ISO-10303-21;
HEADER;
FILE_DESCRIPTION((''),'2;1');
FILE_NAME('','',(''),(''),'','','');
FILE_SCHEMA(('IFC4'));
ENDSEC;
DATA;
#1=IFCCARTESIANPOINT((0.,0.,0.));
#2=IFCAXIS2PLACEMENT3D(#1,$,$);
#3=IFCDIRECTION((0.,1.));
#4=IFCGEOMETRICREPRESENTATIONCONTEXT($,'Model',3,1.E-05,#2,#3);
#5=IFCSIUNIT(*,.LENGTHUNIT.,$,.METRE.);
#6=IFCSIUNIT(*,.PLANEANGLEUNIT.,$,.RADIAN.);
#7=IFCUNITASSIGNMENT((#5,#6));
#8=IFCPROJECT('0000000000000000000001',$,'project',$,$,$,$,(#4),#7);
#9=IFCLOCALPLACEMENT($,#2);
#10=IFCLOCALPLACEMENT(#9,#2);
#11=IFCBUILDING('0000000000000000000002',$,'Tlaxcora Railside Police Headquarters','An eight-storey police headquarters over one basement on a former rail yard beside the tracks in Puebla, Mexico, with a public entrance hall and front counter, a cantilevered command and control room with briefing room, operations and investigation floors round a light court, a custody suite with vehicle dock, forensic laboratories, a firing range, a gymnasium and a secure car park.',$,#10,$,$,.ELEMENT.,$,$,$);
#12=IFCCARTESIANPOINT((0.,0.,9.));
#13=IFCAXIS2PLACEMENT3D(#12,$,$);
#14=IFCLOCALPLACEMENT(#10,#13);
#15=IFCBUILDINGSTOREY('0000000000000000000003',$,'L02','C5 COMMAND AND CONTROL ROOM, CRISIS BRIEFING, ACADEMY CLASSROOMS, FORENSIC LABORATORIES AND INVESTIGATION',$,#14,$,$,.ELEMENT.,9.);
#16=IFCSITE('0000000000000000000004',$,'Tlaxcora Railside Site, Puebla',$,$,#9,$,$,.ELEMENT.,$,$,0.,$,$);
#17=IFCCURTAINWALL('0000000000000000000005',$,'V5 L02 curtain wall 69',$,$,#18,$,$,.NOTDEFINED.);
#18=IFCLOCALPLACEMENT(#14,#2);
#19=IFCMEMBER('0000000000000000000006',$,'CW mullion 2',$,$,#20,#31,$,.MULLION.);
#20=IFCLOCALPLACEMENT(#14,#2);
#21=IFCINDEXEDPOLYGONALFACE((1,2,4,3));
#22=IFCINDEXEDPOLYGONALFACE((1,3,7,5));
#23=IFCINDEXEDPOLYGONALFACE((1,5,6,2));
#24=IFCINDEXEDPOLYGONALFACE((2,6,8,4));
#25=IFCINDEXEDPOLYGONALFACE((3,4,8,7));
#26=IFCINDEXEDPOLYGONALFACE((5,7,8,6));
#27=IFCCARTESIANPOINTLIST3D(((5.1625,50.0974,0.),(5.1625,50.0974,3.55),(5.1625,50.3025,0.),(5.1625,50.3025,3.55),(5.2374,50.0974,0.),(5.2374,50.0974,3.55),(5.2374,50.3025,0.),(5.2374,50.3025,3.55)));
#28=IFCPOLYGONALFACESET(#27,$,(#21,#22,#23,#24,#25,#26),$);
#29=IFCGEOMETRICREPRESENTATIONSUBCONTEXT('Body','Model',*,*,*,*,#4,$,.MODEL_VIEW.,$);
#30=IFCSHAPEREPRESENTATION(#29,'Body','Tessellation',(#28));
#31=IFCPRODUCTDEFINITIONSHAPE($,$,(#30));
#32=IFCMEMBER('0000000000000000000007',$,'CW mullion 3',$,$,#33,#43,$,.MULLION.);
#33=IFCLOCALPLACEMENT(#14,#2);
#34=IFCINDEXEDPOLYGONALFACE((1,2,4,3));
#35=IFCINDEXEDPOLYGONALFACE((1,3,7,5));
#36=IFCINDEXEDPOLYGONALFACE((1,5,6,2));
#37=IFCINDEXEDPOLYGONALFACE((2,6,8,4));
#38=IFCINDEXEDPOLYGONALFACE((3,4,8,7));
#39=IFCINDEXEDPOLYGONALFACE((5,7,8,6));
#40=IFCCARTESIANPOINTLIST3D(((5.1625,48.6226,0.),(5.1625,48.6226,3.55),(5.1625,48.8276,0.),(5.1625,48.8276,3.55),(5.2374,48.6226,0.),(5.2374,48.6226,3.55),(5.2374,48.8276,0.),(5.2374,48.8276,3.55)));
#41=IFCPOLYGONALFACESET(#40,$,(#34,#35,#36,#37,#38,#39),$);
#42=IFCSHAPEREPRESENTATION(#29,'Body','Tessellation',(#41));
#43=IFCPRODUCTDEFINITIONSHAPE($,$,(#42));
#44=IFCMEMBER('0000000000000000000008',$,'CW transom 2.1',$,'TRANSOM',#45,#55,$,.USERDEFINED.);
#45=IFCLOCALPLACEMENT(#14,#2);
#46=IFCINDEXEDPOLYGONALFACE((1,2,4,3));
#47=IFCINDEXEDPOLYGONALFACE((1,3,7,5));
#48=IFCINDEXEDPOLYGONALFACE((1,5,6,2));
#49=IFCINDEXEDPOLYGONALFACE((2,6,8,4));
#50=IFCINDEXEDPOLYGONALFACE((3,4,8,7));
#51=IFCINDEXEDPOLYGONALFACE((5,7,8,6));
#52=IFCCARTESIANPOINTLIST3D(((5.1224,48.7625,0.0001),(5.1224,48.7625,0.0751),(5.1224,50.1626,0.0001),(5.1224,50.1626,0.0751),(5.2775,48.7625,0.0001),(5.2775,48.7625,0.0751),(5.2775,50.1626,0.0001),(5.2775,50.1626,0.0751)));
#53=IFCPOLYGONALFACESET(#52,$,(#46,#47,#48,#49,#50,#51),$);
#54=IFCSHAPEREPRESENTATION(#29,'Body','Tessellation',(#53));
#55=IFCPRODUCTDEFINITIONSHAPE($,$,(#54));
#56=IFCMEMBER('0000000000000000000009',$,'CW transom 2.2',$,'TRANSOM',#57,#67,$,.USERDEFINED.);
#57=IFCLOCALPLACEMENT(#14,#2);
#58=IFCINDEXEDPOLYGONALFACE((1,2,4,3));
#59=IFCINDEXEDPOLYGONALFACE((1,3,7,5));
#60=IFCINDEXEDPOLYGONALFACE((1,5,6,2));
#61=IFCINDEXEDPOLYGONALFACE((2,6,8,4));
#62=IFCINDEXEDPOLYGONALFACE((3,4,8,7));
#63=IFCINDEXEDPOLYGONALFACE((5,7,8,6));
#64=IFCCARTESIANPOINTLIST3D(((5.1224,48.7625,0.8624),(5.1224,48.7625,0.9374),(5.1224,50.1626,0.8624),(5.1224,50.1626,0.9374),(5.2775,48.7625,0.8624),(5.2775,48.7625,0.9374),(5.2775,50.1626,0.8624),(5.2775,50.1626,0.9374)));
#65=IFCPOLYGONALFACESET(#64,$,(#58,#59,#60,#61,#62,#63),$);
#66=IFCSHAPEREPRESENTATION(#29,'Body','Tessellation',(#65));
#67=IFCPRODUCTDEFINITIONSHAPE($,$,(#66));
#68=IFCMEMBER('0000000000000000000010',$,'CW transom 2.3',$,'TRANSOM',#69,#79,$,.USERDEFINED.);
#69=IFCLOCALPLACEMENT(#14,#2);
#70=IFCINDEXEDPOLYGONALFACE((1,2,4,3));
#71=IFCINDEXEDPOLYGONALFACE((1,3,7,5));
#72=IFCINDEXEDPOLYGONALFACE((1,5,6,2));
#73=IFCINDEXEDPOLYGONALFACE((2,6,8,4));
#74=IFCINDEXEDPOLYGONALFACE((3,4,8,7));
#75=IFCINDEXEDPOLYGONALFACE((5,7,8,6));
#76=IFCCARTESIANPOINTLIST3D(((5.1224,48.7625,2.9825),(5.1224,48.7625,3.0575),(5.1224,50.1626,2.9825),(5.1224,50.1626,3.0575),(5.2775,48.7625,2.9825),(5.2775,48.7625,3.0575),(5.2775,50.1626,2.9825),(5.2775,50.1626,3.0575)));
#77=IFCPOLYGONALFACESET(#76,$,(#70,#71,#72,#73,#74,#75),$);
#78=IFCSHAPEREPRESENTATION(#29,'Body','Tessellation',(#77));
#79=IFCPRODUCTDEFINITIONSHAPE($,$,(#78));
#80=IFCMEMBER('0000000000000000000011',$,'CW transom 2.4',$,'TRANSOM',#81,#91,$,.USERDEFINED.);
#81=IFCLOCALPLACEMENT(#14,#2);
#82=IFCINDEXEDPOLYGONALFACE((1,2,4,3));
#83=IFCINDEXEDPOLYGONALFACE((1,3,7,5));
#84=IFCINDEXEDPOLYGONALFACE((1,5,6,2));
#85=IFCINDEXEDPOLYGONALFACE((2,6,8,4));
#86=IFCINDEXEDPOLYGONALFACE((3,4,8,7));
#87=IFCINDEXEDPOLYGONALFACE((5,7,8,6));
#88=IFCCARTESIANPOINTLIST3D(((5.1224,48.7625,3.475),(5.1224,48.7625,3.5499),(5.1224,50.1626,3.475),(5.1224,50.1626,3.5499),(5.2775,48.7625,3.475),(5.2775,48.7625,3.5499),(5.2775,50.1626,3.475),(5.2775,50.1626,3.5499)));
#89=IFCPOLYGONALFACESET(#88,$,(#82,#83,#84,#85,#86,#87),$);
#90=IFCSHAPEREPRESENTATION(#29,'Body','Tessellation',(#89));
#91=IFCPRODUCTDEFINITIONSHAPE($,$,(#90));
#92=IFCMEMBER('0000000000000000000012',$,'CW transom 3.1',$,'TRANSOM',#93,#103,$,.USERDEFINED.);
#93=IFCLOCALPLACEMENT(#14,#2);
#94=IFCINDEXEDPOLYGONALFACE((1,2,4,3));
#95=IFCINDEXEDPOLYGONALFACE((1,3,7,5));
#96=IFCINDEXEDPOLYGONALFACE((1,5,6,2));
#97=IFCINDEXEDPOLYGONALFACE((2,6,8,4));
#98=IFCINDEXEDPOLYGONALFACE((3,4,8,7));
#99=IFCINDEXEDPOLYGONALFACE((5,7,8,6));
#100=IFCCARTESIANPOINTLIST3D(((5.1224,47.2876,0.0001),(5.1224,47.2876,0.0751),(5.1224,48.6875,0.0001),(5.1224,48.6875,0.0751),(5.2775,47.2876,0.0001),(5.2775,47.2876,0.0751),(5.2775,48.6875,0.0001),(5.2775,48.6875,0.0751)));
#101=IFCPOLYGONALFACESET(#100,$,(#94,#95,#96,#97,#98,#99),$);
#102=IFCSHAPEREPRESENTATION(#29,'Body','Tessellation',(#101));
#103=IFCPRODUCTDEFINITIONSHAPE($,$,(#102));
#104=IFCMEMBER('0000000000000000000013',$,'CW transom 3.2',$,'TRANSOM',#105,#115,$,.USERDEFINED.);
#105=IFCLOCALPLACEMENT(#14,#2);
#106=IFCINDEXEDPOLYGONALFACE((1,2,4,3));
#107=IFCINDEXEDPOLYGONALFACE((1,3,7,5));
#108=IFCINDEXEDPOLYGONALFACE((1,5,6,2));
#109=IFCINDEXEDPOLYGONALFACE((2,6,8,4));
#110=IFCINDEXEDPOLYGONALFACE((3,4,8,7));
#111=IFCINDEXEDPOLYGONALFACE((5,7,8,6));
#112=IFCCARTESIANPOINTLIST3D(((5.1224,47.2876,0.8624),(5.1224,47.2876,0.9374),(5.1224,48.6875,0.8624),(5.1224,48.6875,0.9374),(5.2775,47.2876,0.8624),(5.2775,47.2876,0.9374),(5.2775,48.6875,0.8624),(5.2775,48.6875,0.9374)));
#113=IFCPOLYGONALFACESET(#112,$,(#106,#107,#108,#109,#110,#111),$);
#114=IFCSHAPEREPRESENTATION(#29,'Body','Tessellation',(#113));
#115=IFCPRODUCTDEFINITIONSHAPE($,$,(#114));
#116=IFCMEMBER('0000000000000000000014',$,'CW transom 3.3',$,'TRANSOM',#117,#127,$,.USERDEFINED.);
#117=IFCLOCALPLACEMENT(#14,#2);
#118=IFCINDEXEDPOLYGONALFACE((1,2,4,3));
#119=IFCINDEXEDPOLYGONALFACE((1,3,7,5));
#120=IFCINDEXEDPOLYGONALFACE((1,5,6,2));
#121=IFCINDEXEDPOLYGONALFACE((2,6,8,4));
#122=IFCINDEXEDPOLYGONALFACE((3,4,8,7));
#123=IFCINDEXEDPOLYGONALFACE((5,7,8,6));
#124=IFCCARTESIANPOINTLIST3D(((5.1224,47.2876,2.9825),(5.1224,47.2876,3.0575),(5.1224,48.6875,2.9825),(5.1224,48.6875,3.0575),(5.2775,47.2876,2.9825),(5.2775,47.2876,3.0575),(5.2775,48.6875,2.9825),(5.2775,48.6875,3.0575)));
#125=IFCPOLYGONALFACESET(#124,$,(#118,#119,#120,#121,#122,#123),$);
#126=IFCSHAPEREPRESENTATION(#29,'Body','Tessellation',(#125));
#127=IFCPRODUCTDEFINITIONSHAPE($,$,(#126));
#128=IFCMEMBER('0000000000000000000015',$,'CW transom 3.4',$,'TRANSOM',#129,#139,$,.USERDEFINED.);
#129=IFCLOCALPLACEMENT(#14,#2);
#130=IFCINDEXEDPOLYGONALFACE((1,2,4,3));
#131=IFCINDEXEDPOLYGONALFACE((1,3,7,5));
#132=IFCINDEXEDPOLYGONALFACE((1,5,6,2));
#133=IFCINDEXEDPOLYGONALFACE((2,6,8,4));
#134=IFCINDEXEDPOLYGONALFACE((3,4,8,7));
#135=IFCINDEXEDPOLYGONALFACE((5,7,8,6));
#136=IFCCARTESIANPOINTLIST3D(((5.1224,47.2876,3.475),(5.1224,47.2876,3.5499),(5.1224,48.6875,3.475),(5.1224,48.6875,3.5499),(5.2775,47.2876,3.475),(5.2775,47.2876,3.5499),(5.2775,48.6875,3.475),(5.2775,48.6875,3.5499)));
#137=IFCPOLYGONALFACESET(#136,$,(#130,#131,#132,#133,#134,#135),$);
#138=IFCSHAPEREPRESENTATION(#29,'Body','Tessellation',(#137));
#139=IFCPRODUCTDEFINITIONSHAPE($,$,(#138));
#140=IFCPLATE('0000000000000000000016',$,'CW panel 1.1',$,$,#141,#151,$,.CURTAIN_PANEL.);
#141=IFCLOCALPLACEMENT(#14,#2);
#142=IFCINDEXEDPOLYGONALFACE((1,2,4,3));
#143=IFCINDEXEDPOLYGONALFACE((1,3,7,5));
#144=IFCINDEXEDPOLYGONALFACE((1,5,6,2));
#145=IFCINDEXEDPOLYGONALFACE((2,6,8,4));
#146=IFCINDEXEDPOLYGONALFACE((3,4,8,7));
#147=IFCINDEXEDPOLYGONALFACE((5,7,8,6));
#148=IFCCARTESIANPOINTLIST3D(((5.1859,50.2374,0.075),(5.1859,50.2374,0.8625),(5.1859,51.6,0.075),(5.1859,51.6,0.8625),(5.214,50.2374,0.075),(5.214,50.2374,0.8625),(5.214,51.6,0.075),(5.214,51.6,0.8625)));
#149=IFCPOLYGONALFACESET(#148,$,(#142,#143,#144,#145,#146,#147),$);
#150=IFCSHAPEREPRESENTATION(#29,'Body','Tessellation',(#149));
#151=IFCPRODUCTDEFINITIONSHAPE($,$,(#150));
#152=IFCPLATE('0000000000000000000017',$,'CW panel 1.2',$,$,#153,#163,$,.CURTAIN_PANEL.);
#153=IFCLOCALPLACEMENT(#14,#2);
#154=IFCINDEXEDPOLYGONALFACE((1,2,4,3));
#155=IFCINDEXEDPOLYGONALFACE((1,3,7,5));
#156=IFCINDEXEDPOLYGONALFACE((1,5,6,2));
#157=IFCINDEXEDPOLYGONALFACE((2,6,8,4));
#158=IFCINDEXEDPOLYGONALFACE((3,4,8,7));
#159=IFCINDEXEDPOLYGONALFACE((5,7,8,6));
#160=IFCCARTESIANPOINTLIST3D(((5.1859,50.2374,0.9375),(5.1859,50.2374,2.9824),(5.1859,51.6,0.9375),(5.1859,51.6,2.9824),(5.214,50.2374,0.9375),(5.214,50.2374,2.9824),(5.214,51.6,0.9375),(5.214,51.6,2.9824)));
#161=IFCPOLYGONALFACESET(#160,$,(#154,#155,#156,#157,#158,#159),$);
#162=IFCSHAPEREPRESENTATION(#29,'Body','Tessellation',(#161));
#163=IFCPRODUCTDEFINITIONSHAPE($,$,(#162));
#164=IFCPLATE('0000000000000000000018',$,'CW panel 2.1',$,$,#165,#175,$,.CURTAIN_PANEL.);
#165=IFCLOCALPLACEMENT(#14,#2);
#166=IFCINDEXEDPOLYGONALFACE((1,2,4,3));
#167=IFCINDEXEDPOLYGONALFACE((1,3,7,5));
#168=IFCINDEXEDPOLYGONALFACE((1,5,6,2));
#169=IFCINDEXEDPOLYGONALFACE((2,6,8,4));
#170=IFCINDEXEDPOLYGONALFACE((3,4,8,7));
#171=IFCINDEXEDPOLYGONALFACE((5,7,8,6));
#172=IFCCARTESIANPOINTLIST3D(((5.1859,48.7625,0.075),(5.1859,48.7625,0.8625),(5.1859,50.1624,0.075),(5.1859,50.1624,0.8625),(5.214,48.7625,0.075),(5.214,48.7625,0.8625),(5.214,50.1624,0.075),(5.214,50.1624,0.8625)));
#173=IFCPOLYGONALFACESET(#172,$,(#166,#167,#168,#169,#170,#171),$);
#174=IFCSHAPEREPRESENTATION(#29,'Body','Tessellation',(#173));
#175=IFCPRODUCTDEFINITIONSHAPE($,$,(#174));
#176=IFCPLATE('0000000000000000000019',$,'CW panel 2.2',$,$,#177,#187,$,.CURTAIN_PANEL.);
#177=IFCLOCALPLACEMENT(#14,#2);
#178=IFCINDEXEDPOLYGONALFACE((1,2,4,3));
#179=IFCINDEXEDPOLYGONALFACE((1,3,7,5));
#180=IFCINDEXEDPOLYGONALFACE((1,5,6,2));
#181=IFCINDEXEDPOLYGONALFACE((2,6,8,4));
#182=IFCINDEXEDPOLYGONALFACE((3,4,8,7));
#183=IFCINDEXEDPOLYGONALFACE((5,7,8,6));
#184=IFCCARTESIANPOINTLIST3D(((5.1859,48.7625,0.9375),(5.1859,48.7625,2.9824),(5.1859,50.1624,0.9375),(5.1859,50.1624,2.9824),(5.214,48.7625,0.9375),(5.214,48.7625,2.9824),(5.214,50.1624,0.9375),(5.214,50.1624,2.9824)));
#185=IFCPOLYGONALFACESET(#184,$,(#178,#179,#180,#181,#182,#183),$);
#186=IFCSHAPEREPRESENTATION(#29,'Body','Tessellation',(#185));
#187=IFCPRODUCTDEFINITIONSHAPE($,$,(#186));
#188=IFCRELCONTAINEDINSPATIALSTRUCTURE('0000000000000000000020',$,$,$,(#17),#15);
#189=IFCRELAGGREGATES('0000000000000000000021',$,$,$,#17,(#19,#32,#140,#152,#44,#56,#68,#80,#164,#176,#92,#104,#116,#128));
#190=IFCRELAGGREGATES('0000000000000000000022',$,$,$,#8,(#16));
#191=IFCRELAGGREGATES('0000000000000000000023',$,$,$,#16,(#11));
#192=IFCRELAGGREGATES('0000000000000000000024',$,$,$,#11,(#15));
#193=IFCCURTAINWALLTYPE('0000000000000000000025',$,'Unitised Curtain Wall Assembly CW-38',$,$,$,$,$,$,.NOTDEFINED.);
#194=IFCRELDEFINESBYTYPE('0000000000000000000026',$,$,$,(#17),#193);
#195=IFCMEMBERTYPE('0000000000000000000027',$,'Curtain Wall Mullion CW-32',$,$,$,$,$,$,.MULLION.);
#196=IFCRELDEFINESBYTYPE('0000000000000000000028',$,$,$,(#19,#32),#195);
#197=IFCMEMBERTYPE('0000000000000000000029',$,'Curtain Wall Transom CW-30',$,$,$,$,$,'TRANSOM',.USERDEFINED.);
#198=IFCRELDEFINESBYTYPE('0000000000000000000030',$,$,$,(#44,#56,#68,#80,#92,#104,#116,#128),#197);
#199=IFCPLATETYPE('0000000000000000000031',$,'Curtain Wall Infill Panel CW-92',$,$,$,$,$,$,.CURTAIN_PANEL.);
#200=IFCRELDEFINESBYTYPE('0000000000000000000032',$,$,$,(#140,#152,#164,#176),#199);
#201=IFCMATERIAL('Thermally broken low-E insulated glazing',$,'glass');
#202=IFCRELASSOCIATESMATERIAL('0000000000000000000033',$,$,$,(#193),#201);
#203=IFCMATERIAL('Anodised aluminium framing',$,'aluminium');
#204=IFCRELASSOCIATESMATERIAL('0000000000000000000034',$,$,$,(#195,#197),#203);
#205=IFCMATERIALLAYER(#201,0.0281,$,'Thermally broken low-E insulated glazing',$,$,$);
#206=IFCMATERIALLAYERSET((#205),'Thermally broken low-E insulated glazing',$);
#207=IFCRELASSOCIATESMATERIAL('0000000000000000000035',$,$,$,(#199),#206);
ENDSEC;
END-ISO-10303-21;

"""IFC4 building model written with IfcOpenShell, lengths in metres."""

from ifc_helpers import new_model, si_unit, direction, frame, origin, origin_2d, place, context, subcontext, project, spatial, rectangle, extrude, material, layer, layer_set, material_profile, profile_set, type_object, element, aggregate, save


model = new_model("IFC4")

# Units and contexts
model_context = context("Model", 3, precision=1e-05, world=origin(), true_north=direction((0.0, 1.0)))
body_context = subcontext(model_context, "Body", "Model", "MODEL_VIEW")
ifc_project = project(units=[si_unit("LENGTHUNIT", "METRE"), si_unit("PLANEANGLEUNIT", "RADIAN")], contexts=[model_context])

# Site, building, storey
site_placement = place(None, origin())
site = spatial("IfcSite", under=ifc_project, at=site_placement, Name="Tlaxcora Railside Site, Puebla", CompositionType="ELEMENT", RefElevation=0.0)
building_placement = place(site_placement, origin())
building = spatial("IfcBuilding", under=site, at=building_placement, Name="Tlaxcora Railside Police Headquarters", Description="An eight-storey police headquarters over one basement on a former rail yard beside the tracks in Puebla, Mexico, with a public entrance hall and front counter, a cantilevered command and control room with briefing room, operations and investigation floors round a light court, a custody suite with vehicle dock, forensic laboratories, a firing range, a gymnasium and a secure car park.", CompositionType="ELEMENT")
storey_placement = place(building_placement, frame((0.0, 0.0, 9.0)))
storey = spatial("IfcBuildingStorey", under=building, at=storey_placement, Name="L02", Description="C5 COMMAND AND CONTROL ROOM, CRISIS BRIEFING, ACADEMY CLASSROOMS, FORENSIC LABORATORIES AND INVESTIGATION", CompositionType="ELEMENT", Elevation=9.0)

# Curtain wall, members, plates
ifc_material_1 = material(Name="Thermally broken low-E insulated glazing", Category="glass")
curtain_wall_type = type_object("IfcCurtainWallType", Name="Unitised Curtain Wall Assembly CW-38", PredefinedType="NOTDEFINED", material=ifc_material_1)
curtain_wall_placement = place(storey_placement, origin())
curtain_wall = element("IfcCurtainWall", 1, at=curtain_wall_placement, inside=storey, type_object=curtain_wall_type, Name="V5 L02 curtain wall 69", PredefinedType="NOTDEFINED")
ifc_material_2 = material(Name="Anodised aluminium framing", Category="aluminium")
ifc_material_profile_1 = material_profile(ifc_material_2, rectangle(XDim=0.075, YDim=0.2051, at=origin_2d()), Name="AL75X205")
ifc_profile_set_1 = profile_set([ifc_material_profile_1], Name="Anodised aluminium framing")
member_type_1 = type_object("IfcMemberType", Name="Curtain Wall Mullion CW-32", PredefinedType="MULLION", material=ifc_profile_set_1)
member_1_placement = place(storey_placement, frame((5.2, 50.2, 0.0), z_axis=(0.0, 0.0, 1.0), x_axis=(1.0, 0.0, 0.0)))
member_1 = element("IfcMember", 2, at=member_1_placement, type_object=member_type_1, Name="CW mullion 2", PredefinedType="MULLION", context=body_context, shape_type="SweptSolid", body=[
    extrude(rectangle(XDim=0.075, YDim=0.2051, at=origin_2d()), origin(), (0.0, 0.0, 1.0), 3.55),
])
member_2_placement = place(storey_placement, frame((5.2, 48.7251, 0.0), z_axis=(0.0, 0.0, 1.0), x_axis=(1.0, 0.0, 0.0)))
member_2 = element("IfcMember", 3, at=member_2_placement, type_object=member_type_1, Name="CW mullion 3", PredefinedType="MULLION", context=body_context, shape_type="SweptSolid", body=[
    extrude(rectangle(XDim=0.075, YDim=0.2051, at=origin_2d()), origin(), (0.0, 0.0, 1.0), 3.55),
])
ifc_material_profile_2 = material_profile(ifc_material_2, rectangle(XDim=0.155, YDim=0.075, at=origin_2d()), Name="AL75X155")
ifc_profile_set_2 = profile_set([ifc_material_profile_2], Name="Anodised aluminium framing")
member_type_2 = type_object("IfcMemberType", Name="Curtain Wall Transom CW-30", ElementType="TRANSOM", PredefinedType="USERDEFINED", material=ifc_profile_set_2)
member_3_placement = place(storey_placement, frame((5.2, 50.1626, 0.0376), z_axis=(0.0, -1.0, 0.0), x_axis=(1.0, 0.0, 0.0)))
member_3 = element("IfcMember", 4, at=member_3_placement, type_object=member_type_2, Name="CW transom 2.1", ObjectType="TRANSOM", PredefinedType="USERDEFINED", context=body_context, shape_type="SweptSolid", body=[
    extrude(rectangle(XDim=0.155, YDim=0.075, at=origin_2d()), origin(), (0.0, 0.0, 1.0), 1.4001),
])
member_4_placement = place(storey_placement, frame((5.2, 50.1626, 0.8999), z_axis=(0.0, -1.0, 0.0), x_axis=(1.0, 0.0, 0.0)))
member_4 = element("IfcMember", 5, at=member_4_placement, type_object=member_type_2, Name="CW transom 2.2", ObjectType="TRANSOM", PredefinedType="USERDEFINED", context=body_context, shape_type="SweptSolid", body=[
    extrude(rectangle(XDim=0.155, YDim=0.075, at=origin_2d()), origin(), (0.0, 0.0, 1.0), 1.4001),
])
member_5_placement = place(storey_placement, frame((5.2, 50.1626, 3.02), z_axis=(0.0, -1.0, 0.0), x_axis=(1.0, 0.0, 0.0)))
member_5 = element("IfcMember", 6, at=member_5_placement, type_object=member_type_2, Name="CW transom 2.3", ObjectType="TRANSOM", PredefinedType="USERDEFINED", context=body_context, shape_type="SweptSolid", body=[
    extrude(rectangle(XDim=0.155, YDim=0.075, at=origin_2d()), origin(), (0.0, 0.0, 1.0), 1.4001),
])
member_6_placement = place(storey_placement, frame((5.2, 50.1626, 3.5125), z_axis=(0.0, -1.0, 0.0), x_axis=(1.0, 0.0, 0.0)))
member_6 = element("IfcMember", 7, at=member_6_placement, type_object=member_type_2, Name="CW transom 2.4", ObjectType="TRANSOM", PredefinedType="USERDEFINED", context=body_context, shape_type="SweptSolid", body=[
    extrude(rectangle(XDim=0.155, YDim=0.075, at=origin_2d()), origin(), (0.0, 0.0, 1.0), 1.4001),
])
member_7_placement = place(storey_placement, frame((5.2, 48.6875, 0.0376), z_axis=(0.0, -1.0, 0.0), x_axis=(1.0, 0.0, 0.0)))
member_7 = element("IfcMember", 8, at=member_7_placement, type_object=member_type_2, Name="CW transom 3.1", ObjectType="TRANSOM", PredefinedType="USERDEFINED", context=body_context, shape_type="SweptSolid", body=[
    extrude(rectangle(XDim=0.155, YDim=0.075, at=origin_2d()), origin(), (0.0, 0.0, 1.0), 1.3999),
])
member_8_placement = place(storey_placement, frame((5.2, 48.6875, 0.8999), z_axis=(0.0, -1.0, 0.0), x_axis=(1.0, 0.0, 0.0)))
member_8 = element("IfcMember", 9, at=member_8_placement, type_object=member_type_2, Name="CW transom 3.2", ObjectType="TRANSOM", PredefinedType="USERDEFINED", context=body_context, shape_type="SweptSolid", body=[
    extrude(rectangle(XDim=0.155, YDim=0.075, at=origin_2d()), origin(), (0.0, 0.0, 1.0), 1.3999),
])
member_9_placement = place(storey_placement, frame((5.2, 48.6875, 3.02), z_axis=(0.0, -1.0, 0.0), x_axis=(1.0, 0.0, 0.0)))
member_9 = element("IfcMember", 10, at=member_9_placement, type_object=member_type_2, Name="CW transom 3.3", ObjectType="TRANSOM", PredefinedType="USERDEFINED", context=body_context, shape_type="SweptSolid", body=[
    extrude(rectangle(XDim=0.155, YDim=0.075, at=origin_2d()), origin(), (0.0, 0.0, 1.0), 1.3999),
])
member_10_placement = place(storey_placement, frame((5.2, 48.6875, 3.5125), z_axis=(0.0, -1.0, 0.0), x_axis=(1.0, 0.0, 0.0)))
member_10 = element("IfcMember", 11, at=member_10_placement, type_object=member_type_2, Name="CW transom 3.4", ObjectType="TRANSOM", PredefinedType="USERDEFINED", context=body_context, shape_type="SweptSolid", body=[
    extrude(rectangle(XDim=0.155, YDim=0.075, at=origin_2d()), origin(), (0.0, 0.0, 1.0), 1.3999),
])
ifc_layer_1 = layer(ifc_material_1, 0.0281, Name="Thermally broken low-E insulated glazing")
ifc_layer_set_1 = layer_set([ifc_layer_1], Name="Thermally broken low-E insulated glazing")
plate_type = type_object("IfcPlateType", Name="Curtain Wall Infill Panel CW-92", PredefinedType="CURTAIN_PANEL", material=ifc_layer_set_1)
plate_1_placement = place(storey_placement, frame((5.2, 50.9187, 0.075), z_axis=(0.0, 0.0, 1.0), x_axis=(0.0, -1.0, 0.0)))
plate_1 = element("IfcPlate", 12, at=plate_1_placement, type_object=plate_type, Name="CW panel 1.1", PredefinedType="CURTAIN_PANEL", context=body_context, shape_type="SweptSolid", body=[
    extrude(rectangle(XDim=1.3625, YDim=0.0281, at=origin_2d()), origin(), (0.0, 0.0, 1.0), 0.7876),
])
plate_2_placement = place(storey_placement, frame((5.2, 50.9187, 0.9375), z_axis=(0.0, 0.0, 1.0), x_axis=(0.0, -1.0, 0.0)))
plate_2 = element("IfcPlate", 13, at=plate_2_placement, type_object=plate_type, Name="CW panel 1.2", PredefinedType="CURTAIN_PANEL", context=body_context, shape_type="SweptSolid", body=[
    extrude(rectangle(XDim=1.3625, YDim=0.0281, at=origin_2d()), origin(), (0.0, 0.0, 1.0), 2.0449),
])
plate_3_placement = place(storey_placement, frame((5.2, 49.4624, 0.075), z_axis=(0.0, 0.0, 1.0), x_axis=(0.0, -1.0, 0.0)))
plate_3 = element("IfcPlate", 14, at=plate_3_placement, type_object=plate_type, Name="CW panel 2.1", PredefinedType="CURTAIN_PANEL", context=body_context, shape_type="SweptSolid", body=[
    extrude(rectangle(XDim=1.3999, YDim=0.0281, at=origin_2d()), origin(), (0.0, 0.0, 1.0), 0.7876),
])
plate_4_placement = place(storey_placement, frame((5.2, 49.4624, 0.9375), z_axis=(0.0, 0.0, 1.0), x_axis=(0.0, -1.0, 0.0)))
plate_4 = element("IfcPlate", 15, at=plate_4_placement, type_object=plate_type, Name="CW panel 2.2", PredefinedType="CURTAIN_PANEL", context=body_context, shape_type="SweptSolid", body=[
    extrude(rectangle(XDim=1.3999, YDim=0.0281, at=origin_2d()), origin(), (0.0, 0.0, 1.0), 2.0449),
])
aggregate(curtain_wall, [member_1, member_2, plate_1, plate_2, member_3, member_4, member_5, member_6, plate_3, plate_4, member_7, member_8, member_9, member_10])

save(model, "model.ifc")
